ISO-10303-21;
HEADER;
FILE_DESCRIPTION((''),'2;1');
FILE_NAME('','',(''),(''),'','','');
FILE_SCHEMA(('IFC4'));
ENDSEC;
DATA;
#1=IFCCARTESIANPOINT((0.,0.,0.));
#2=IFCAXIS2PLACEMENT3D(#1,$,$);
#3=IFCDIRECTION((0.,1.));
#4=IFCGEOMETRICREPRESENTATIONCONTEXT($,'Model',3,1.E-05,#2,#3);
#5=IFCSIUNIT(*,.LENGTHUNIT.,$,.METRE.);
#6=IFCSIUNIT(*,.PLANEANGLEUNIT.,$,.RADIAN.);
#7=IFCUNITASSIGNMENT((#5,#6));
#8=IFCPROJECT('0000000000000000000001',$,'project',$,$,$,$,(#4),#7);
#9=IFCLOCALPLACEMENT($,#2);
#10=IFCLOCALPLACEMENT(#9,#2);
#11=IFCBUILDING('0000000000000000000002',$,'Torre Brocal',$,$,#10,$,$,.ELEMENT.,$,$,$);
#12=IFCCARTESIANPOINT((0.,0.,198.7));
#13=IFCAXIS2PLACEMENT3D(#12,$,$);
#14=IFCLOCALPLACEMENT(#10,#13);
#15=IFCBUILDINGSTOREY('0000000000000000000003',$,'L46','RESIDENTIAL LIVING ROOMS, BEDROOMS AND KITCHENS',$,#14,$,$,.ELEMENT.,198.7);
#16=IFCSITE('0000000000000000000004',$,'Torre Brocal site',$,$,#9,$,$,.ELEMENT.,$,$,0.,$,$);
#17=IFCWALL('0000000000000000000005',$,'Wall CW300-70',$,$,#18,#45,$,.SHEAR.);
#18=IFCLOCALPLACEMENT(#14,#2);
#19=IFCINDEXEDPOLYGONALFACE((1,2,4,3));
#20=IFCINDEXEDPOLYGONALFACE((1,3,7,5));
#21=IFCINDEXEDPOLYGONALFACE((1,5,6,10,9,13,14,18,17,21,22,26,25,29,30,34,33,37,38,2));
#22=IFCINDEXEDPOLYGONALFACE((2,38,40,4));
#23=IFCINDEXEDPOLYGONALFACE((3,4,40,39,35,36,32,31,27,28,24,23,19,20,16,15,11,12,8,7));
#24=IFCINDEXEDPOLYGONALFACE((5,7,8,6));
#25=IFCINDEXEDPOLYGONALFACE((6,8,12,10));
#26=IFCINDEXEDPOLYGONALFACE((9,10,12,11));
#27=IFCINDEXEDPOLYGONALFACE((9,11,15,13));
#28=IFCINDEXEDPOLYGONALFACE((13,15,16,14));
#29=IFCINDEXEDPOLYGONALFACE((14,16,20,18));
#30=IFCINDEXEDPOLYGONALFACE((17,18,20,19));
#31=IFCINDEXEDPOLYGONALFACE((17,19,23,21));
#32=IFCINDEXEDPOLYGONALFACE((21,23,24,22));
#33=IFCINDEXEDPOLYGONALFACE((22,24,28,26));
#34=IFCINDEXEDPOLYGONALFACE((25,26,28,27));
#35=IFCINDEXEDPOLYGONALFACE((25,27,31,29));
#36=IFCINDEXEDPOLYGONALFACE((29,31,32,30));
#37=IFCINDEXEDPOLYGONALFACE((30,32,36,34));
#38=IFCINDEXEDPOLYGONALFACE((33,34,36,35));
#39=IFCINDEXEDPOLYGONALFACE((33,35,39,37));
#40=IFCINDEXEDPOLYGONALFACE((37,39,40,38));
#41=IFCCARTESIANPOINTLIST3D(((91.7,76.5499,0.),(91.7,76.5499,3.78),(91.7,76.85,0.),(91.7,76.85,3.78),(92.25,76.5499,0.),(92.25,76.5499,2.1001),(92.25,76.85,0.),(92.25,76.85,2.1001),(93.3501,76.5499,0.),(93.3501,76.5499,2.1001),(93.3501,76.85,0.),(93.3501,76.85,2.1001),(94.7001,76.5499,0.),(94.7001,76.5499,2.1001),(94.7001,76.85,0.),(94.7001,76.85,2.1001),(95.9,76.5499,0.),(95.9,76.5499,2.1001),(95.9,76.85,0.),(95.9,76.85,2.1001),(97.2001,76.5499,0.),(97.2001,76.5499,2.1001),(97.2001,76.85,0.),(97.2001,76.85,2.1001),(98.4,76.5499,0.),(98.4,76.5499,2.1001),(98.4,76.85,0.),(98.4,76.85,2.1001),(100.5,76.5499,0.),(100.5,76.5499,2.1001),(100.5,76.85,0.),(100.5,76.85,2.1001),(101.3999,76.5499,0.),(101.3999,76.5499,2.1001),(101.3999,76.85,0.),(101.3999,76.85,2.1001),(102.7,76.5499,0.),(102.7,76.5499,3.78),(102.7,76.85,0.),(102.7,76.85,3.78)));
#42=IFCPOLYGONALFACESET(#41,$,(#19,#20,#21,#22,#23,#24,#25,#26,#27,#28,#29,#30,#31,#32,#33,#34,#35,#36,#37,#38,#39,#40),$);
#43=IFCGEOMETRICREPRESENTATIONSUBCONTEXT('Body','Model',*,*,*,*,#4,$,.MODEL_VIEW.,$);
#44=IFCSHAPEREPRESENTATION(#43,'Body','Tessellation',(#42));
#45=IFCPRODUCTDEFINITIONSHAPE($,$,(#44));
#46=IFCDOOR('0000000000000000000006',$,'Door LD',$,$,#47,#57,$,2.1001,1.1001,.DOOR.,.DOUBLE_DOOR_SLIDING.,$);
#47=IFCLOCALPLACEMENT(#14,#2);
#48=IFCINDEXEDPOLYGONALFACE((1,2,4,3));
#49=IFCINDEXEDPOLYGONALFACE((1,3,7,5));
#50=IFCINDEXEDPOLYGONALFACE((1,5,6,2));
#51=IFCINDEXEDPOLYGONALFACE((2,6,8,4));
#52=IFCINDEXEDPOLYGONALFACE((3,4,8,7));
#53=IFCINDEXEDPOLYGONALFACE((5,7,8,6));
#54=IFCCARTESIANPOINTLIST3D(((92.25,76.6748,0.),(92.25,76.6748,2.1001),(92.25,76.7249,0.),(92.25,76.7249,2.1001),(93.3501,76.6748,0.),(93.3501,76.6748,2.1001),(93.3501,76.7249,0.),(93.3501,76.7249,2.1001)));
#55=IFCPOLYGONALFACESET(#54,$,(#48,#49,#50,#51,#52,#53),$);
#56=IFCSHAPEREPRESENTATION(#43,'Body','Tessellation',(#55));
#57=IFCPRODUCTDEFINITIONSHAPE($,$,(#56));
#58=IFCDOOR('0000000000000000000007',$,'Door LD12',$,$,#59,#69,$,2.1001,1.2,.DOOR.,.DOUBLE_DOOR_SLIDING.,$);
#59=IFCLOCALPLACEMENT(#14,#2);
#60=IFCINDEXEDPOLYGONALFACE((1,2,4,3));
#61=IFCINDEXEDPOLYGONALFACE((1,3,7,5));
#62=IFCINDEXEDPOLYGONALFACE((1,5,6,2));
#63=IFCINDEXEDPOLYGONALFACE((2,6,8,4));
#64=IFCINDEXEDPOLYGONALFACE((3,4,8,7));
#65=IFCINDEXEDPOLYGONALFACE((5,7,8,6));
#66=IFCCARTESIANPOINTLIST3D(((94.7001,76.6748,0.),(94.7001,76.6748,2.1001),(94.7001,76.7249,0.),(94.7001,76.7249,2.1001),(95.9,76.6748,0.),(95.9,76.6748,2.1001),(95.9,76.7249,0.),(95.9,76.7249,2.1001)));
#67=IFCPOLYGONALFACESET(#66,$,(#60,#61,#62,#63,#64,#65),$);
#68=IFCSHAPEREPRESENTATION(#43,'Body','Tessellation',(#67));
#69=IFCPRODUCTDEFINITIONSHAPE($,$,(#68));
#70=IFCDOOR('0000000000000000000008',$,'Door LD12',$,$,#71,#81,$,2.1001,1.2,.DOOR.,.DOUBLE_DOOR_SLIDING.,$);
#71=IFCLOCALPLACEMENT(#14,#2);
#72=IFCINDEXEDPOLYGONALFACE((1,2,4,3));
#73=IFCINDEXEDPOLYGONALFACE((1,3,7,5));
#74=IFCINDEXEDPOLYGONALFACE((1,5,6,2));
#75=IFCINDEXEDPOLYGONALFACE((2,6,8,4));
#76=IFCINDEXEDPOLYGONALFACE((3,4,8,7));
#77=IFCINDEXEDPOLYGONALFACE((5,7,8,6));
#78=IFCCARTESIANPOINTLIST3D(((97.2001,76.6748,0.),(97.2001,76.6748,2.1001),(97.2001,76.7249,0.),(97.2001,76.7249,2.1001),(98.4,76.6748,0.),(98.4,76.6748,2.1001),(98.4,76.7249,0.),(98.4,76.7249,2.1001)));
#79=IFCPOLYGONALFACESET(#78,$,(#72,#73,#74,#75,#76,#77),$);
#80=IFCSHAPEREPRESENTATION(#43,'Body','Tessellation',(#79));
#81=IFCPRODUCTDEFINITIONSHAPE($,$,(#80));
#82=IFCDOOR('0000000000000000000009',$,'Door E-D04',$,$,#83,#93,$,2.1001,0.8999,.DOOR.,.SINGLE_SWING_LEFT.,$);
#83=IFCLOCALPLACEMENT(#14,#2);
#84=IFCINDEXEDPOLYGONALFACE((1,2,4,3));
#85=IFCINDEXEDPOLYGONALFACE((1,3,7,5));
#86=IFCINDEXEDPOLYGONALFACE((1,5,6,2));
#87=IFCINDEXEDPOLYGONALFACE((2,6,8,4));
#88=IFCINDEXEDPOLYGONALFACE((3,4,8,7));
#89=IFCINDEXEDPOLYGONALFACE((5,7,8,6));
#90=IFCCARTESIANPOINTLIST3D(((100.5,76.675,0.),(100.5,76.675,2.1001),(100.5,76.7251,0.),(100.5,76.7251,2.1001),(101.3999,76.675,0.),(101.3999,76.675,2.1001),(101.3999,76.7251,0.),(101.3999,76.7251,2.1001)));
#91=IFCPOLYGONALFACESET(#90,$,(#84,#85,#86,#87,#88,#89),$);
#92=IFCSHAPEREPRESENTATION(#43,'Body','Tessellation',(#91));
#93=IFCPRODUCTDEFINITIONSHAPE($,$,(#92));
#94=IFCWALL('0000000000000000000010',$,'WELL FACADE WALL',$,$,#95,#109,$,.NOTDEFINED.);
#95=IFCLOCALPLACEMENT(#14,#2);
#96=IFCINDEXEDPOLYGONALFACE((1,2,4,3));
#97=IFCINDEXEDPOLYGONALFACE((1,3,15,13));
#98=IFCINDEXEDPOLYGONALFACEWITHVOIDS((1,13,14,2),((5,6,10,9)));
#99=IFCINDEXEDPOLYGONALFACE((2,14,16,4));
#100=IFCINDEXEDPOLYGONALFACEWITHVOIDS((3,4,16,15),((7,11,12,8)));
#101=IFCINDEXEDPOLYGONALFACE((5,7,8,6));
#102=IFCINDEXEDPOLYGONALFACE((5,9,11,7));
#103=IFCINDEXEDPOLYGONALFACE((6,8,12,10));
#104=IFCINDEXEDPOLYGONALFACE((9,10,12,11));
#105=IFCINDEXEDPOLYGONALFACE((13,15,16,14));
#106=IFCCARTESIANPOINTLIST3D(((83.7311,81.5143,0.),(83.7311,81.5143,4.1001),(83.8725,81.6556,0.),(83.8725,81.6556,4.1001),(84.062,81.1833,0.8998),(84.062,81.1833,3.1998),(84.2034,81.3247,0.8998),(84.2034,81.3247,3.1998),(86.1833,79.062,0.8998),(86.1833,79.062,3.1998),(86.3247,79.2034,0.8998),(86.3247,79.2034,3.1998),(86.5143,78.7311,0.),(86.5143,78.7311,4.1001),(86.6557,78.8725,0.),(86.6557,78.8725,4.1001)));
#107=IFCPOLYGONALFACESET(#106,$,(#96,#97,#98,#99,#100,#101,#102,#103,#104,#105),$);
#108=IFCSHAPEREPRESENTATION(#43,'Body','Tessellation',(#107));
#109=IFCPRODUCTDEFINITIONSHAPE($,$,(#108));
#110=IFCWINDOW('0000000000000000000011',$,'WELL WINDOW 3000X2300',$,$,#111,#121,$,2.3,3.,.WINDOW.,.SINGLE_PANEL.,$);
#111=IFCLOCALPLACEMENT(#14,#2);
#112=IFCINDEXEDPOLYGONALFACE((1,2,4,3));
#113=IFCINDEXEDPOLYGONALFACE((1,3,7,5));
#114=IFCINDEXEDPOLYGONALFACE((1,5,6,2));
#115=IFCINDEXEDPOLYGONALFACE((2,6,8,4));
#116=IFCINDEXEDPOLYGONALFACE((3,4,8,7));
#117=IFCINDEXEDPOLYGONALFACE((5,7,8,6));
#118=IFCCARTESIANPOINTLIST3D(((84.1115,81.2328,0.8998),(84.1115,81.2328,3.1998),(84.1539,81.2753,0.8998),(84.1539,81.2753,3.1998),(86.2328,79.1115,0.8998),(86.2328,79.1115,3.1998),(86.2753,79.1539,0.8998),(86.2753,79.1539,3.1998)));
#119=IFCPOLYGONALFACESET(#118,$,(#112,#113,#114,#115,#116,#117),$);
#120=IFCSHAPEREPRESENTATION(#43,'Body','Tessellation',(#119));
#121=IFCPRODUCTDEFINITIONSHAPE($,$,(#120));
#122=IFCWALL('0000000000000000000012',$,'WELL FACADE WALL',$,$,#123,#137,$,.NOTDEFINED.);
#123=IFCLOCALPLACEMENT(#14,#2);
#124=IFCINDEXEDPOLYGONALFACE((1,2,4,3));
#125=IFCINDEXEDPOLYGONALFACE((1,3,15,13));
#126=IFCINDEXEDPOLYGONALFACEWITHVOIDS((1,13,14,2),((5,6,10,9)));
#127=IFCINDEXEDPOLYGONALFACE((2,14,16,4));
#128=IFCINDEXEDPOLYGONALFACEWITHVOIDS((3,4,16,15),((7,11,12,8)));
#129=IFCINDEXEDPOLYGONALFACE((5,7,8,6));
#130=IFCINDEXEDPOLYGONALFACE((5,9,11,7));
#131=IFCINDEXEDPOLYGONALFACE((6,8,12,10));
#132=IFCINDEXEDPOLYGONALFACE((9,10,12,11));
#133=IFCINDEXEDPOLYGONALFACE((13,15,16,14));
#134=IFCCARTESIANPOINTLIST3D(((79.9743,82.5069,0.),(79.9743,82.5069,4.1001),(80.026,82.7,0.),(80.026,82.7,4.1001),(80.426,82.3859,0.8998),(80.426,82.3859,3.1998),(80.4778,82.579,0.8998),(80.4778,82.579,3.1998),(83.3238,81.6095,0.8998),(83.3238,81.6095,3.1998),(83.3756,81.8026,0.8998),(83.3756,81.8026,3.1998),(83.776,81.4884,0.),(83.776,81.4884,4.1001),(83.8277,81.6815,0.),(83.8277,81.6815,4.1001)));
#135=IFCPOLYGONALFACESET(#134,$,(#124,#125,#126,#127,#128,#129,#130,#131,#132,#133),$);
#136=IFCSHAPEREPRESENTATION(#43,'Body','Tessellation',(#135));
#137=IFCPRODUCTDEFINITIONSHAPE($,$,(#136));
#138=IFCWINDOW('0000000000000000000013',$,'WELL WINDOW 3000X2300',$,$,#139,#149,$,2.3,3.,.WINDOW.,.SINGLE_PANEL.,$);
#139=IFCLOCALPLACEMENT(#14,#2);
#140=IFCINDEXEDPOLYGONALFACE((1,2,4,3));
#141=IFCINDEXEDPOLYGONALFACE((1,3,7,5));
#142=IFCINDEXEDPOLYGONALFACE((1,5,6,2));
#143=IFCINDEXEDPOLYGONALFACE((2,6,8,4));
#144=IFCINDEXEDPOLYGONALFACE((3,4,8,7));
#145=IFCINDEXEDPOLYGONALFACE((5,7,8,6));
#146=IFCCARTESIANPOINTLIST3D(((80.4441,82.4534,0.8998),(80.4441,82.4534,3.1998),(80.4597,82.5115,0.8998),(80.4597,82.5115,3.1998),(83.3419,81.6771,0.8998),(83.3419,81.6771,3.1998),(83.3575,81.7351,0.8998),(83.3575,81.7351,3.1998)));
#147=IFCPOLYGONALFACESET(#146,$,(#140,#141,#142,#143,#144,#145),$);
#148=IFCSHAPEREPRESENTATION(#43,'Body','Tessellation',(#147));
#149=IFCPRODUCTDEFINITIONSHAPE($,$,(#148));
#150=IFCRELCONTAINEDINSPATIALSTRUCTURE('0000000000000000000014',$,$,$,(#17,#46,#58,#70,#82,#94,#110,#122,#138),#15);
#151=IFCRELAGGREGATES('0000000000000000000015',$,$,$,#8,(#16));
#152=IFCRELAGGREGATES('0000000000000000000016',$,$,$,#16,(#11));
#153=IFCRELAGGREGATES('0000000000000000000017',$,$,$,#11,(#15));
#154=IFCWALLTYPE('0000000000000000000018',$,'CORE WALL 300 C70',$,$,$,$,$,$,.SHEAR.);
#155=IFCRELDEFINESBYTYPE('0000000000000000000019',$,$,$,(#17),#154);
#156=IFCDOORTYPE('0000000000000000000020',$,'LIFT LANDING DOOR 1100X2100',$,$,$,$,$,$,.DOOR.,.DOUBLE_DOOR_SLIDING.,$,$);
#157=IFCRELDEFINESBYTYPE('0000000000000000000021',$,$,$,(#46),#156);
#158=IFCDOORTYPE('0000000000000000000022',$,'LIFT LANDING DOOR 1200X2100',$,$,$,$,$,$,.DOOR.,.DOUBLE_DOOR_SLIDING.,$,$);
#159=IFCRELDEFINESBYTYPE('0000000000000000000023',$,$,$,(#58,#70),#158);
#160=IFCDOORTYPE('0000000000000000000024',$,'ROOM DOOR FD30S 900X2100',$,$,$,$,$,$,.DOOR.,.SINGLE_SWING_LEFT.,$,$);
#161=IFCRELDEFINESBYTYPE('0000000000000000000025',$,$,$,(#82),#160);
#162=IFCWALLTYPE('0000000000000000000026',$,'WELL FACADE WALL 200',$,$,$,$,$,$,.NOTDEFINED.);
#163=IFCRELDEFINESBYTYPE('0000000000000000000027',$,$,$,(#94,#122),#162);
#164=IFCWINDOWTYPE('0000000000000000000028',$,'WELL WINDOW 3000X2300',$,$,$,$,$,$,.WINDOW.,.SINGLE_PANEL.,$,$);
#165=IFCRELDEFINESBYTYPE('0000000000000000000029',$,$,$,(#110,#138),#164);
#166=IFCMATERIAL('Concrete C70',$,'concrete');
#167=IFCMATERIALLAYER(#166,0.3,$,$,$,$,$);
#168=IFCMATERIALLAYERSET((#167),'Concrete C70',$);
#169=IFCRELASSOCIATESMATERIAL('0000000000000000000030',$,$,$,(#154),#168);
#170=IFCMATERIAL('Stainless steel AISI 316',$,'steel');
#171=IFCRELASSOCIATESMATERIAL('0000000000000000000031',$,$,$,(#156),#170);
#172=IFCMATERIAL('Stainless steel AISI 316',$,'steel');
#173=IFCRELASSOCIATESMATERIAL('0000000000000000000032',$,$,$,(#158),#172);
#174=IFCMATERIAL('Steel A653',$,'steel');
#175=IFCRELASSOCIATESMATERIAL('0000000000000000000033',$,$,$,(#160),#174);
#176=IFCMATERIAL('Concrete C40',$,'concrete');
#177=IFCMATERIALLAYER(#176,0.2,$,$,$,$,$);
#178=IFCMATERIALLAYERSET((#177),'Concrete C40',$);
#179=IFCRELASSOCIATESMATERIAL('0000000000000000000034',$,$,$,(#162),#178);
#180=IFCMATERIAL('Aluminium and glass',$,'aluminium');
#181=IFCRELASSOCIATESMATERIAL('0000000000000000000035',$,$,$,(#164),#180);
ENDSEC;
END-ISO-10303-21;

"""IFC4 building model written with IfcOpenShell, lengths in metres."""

from ifc_helpers import new_model, si_unit, direction, frame, frame_2d, origin, place, context, subcontext, project, spatial, rectangle, extrude, material, layer, layer_set, type_object, element, fill, save


model = new_model("IFC4")

# Units and contexts
model_context = context("Model", 3, precision=1e-05, world=origin(), true_north=direction((0.0, 1.0)))
body_context = subcontext(model_context, "Body", "Model", "MODEL_VIEW")
ifc_project = project(units=[si_unit("LENGTHUNIT", "METRE"), si_unit("PLANEANGLEUNIT", "RADIAN")], contexts=[model_context])

# Site, building, storey
site_placement = place(None, origin())
site = spatial("IfcSite", under=ifc_project, at=site_placement, Name="Torre Brocal site", CompositionType="ELEMENT", RefElevation=0.0)
building_placement = place(site_placement, origin())
building = spatial("IfcBuilding", under=site, at=building_placement, Name="Torre Brocal", CompositionType="ELEMENT")
storey_placement = place(building_placement, frame((0.0, 0.0, 198.7)))
storey = spatial("IfcBuildingStorey", under=building, at=storey_placement, Name="L46", Description="RESIDENTIAL LIVING ROOMS, BEDROOMS AND KITCHENS", CompositionType="ELEMENT", Elevation=198.7)

# Shared definitions
ifc_material_1 = material(Name="Concrete C70", Category="concrete")
ifc_layer_1 = layer(ifc_material_1, 0.3)
ifc_layer_set_1 = layer_set([ifc_layer_1], Name="Concrete C70")
wall_type_1 = type_object("IfcWallType", Name="CORE WALL 300 C70", PredefinedType="SHEAR", material=ifc_layer_set_1)

# Wall, openings, doors
wall_1_placement = place(storey_placement, frame((91.7, 76.7, 0.0), z_axis=(0.0, 0.0, 1.0), x_axis=(1.0, 0.0, 0.0)))
wall_1 = element("IfcWall", 1, at=wall_1_placement, inside=storey, type_object=wall_type_1, Name="Wall CW300-70", PredefinedType="SHEAR", context=body_context, shape_type="SweptSolid", body=[
    extrude(rectangle(XDim=11.0, YDim=0.3, at=frame_2d((5.5, 0.0))), origin(), (0.0, 0.0, 1.0), 3.78),
])
opening_1_placement = place(wall_1_placement, frame((0.55, 0.0, 0.0)))
opening_1 = element("IfcOpeningElement", 2, at=opening_1_placement, cuts=wall_1, PredefinedType="OPENING", context=body_context, shape_type="SweptSolid", body=[
    extrude(rectangle(XDim=1.1001, YDim=2.1001, at=frame_2d((0.55, 1.05))), frame((0.0, 0.1599, 0.0), z_axis=(0.0, -1.0, 0.0), x_axis=(1.0, 0.0, 0.0)), (0.0, 0.0, 1.0), 0.3201),
])
opening_2_placement = place(wall_1_placement, frame((3.0, 0.0, 0.0)))
opening_2 = element("IfcOpeningElement", 3, at=opening_2_placement, cuts=wall_1, PredefinedType="OPENING", context=body_context, shape_type="SweptSolid", body=[
    extrude(rectangle(XDim=1.2, YDim=2.1001, at=frame_2d((0.6001, 1.05))), frame((0.0, 0.1599, 0.0), z_axis=(0.0, -1.0, 0.0), x_axis=(1.0, 0.0, 0.0)), (0.0, 0.0, 1.0), 0.3201),
])
opening_3_placement = place(wall_1_placement, frame((5.5, 0.0, 0.0)))
opening_3 = element("IfcOpeningElement", 4, at=opening_3_placement, cuts=wall_1, PredefinedType="OPENING", context=body_context, shape_type="SweptSolid", body=[
    extrude(rectangle(XDim=1.2, YDim=2.1001, at=frame_2d((0.6001, 1.05))), frame((0.0, 0.1599, 0.0), z_axis=(0.0, -1.0, 0.0), x_axis=(1.0, 0.0, 0.0)), (0.0, 0.0, 1.0), 0.3201),
])
opening_4_placement = place(wall_1_placement, frame((8.8, 0.0, 0.0)))
opening_4 = element("IfcOpeningElement", 5, at=opening_4_placement, cuts=wall_1, PredefinedType="OPENING", context=body_context, shape_type="SweptSolid", body=[
    extrude(rectangle(XDim=0.8999, YDim=2.1001, at=frame_2d((0.45, 1.05))), frame((0.0, 0.1599, 0.0), z_axis=(0.0, -1.0, 0.0), x_axis=(1.0, 0.0, 0.0)), (0.0, 0.0, 1.0), 0.3201),
])
ifc_material_2 = material(Name="Stainless steel AISI 316", Category="steel")
door_type_1 = type_object("IfcDoorType", Name="LIFT LANDING DOOR 1100X2100", OperationType="DOUBLE_DOOR_SLIDING", PredefinedType="DOOR", material=ifc_material_2)
door_1_placement = place(opening_1_placement, origin())
door_1 = element("IfcDoor", 6, at=door_1_placement, inside=storey, type_object=door_type_1, Name="Door LD", OperationType="DOUBLE_DOOR_SLIDING", OverallHeight=2.1001, OverallWidth=1.1001, PredefinedType="DOOR", context=body_context, shape_type="SweptSolid", body=[
    extrude(rectangle(XDim=1.1001, YDim=2.1001, at=frame_2d((0.55, 1.05))), frame((0.0, 0.0249, 0.0), z_axis=(0.0, -1.0, 0.0), x_axis=(1.0, 0.0, 0.0)), (0.0, 0.0, 1.0), 0.05),
])
fill(opening_1, door_1)
ifc_material_3 = material(Name="Stainless steel AISI 316", Category="steel")
door_type_2 = type_object("IfcDoorType", Name="LIFT LANDING DOOR 1200X2100", OperationType="DOUBLE_DOOR_SLIDING", PredefinedType="DOOR", material=ifc_material_3)
door_2_placement = place(opening_2_placement, origin())
door_2 = element("IfcDoor", 7, at=door_2_placement, inside=storey, type_object=door_type_2, Name="Door LD12", OperationType="DOUBLE_DOOR_SLIDING", OverallHeight=2.1001, OverallWidth=1.2, PredefinedType="DOOR", context=body_context, shape_type="SweptSolid", body=[
    extrude(rectangle(XDim=1.2, YDim=2.1001, at=frame_2d((0.6001, 1.05))), frame((0.0, 0.0249, 0.0), z_axis=(0.0, -1.0, 0.0), x_axis=(1.0, 0.0, 0.0)), (0.0, 0.0, 1.0), 0.05),
])
fill(opening_2, door_2)
door_3_placement = place(opening_3_placement, origin())
door_3 = element("IfcDoor", 8, at=door_3_placement, inside=storey, type_object=door_type_2, Name="Door LD12", OperationType="DOUBLE_DOOR_SLIDING", OverallHeight=2.1001, OverallWidth=1.2, PredefinedType="DOOR", context=body_context, shape_type="SweptSolid", body=[
    extrude(rectangle(XDim=1.2, YDim=2.1001, at=frame_2d((0.6001, 1.05))), frame((0.0, 0.0249, 0.0), z_axis=(0.0, -1.0, 0.0), x_axis=(1.0, 0.0, 0.0)), (0.0, 0.0, 1.0), 0.05),
])
fill(opening_3, door_3)
ifc_material_4 = material(Name="Steel A653", Category="steel")
door_type_3 = type_object("IfcDoorType", Name="ROOM DOOR FD30S 900X2100", OperationType="SINGLE_SWING_LEFT", PredefinedType="DOOR", material=ifc_material_4)
door_4_placement = place(opening_4_placement, frame((0.8999, 0.0, 0.0), z_axis=(0.0, 0.0, 1.0), x_axis=(-1.0, 0.0, 0.0)))
door_4 = element("IfcDoor", 9, at=door_4_placement, inside=storey, type_object=door_type_3, Name="Door E-D04", OperationType="SINGLE_SWING_LEFT", OverallHeight=2.1001, OverallWidth=0.8999, PredefinedType="DOOR", context=body_context, shape_type="SweptSolid", body=[
    extrude(rectangle(XDim=0.8999, YDim=2.1001, at=frame_2d((0.45, 1.05))), frame((0.0, 0.0249, 0.0), z_axis=(0.0, -1.0, 0.0), x_axis=(1.0, 0.0, 0.0)), (0.0, 0.0, 1.0), 0.05),
])
fill(opening_4, door_4)

# Walls, openings, windows
ifc_material_5 = material(Name="Concrete C40", Category="concrete")
ifc_layer_2 = layer(ifc_material_5, 0.2)
ifc_layer_set_2 = layer_set([ifc_layer_2], Name="Concrete C40")
wall_type_2 = type_object("IfcWallType", Name="WELL FACADE WALL 200", PredefinedType="NOTDEFINED", material=ifc_layer_set_2)
wall_2_placement = place(storey_placement, frame((86.585, 78.8018, 0.0), z_axis=(0.0, 0.0, 1.0), x_axis=(-0.707107, 0.707107, 0.0)))
wall_2 = element("IfcWall", 10, at=wall_2_placement, inside=storey, type_object=wall_type_2, Name="WELL FACADE WALL", PredefinedType="NOTDEFINED", context=body_context, shape_type="SweptSolid", body=[
    extrude(rectangle(XDim=3.936, YDim=0.2, at=frame_2d((1.968, 0.0))), origin(), (0.0, 0.0, 1.0), 4.1001),
])
opening_5_placement = place(wall_2_placement, frame((0.468, 0.0, 0.8999)))
opening_5 = element("IfcOpeningElement", 11, at=opening_5_placement, cuts=wall_2, PredefinedType="OPENING", context=body_context, shape_type="SweptSolid", body=[
    extrude(rectangle(XDim=3.0, YDim=2.3, at=frame_2d((1.5, 1.1499))), frame((0.0, 0.1099, 0.0), z_axis=(0.0, -1.0, 0.0), x_axis=(1.0, 0.0, 0.0)), (0.0, 0.0, 1.0), 0.22),
])
ifc_material_6 = material(Name="Aluminium and glass", Category="aluminium")
window_type = type_object("IfcWindowType", Name="WELL WINDOW 3000X2300", PartitioningType="SINGLE_PANEL", PredefinedType="WINDOW", material=ifc_material_6)
window_1_placement = place(opening_5_placement, origin())
window_1 = element("IfcWindow", 12, at=window_1_placement, inside=storey, type_object=window_type, Name="WELL WINDOW 3000X2300", OverallHeight=2.3, OverallWidth=3.0, PartitioningType="SINGLE_PANEL", PredefinedType="WINDOW", context=body_context, shape_type="SweptSolid", body=[
    extrude(rectangle(XDim=3.0, YDim=2.3, at=frame_2d((1.5, 1.1499))), frame((0.0, 0.03, 0.0), z_axis=(0.0, -1.0, 0.0), x_axis=(1.0, 0.0, 0.0)), (0.0, 0.0, 1.0), 0.0601),
])
fill(opening_5, window_1)
wall_3_placement = place(storey_placement, frame((83.8018, 81.585, 0.0), z_axis=(0.0, 0.0, 1.0), x_axis=(-0.965934, 0.25879, 0.0)))
wall_3 = element("IfcWall", 13, at=wall_3_placement, inside=storey, type_object=wall_type_2, Name="WELL FACADE WALL", PredefinedType="NOTDEFINED", context=body_context, shape_type="SweptSolid", body=[
    extrude(rectangle(XDim=3.9358, YDim=0.2, at=frame_2d((1.9678, 0.0))), origin(), (0.0, 0.0, 1.0), 4.1001),
])
opening_6_placement = place(wall_3_placement, frame((0.468, 0.0, 0.8999)))
opening_6 = element("IfcOpeningElement", 14, at=opening_6_placement, cuts=wall_3, PredefinedType="OPENING", context=body_context, shape_type="SweptSolid", body=[
    extrude(rectangle(XDim=3.0, YDim=2.3, at=frame_2d((1.5, 1.1499))), frame((0.0, 0.1099, 0.0), z_axis=(0.0, -1.0, 0.0), x_axis=(1.0, 0.0, 0.0)), (0.0, 0.0, 1.0), 0.22),
])
window_2_placement = place(opening_6_placement, origin())
window_2 = element("IfcWindow", 15, at=window_2_placement, inside=storey, type_object=window_type, Name="WELL WINDOW 3000X2300", OverallHeight=2.3, OverallWidth=3.0, PartitioningType="SINGLE_PANEL", PredefinedType="WINDOW", context=body_context, shape_type="SweptSolid", body=[
    extrude(rectangle(XDim=3.0, YDim=2.3, at=frame_2d((1.5, 1.1499))), frame((0.0, 0.03, 0.0), z_axis=(0.0, -1.0, 0.0), x_axis=(1.0, 0.0, 0.0)), (0.0, 0.0, 1.0), 0.0601),
])
fill(opening_6, window_2)

save(model, "model.ifc")
